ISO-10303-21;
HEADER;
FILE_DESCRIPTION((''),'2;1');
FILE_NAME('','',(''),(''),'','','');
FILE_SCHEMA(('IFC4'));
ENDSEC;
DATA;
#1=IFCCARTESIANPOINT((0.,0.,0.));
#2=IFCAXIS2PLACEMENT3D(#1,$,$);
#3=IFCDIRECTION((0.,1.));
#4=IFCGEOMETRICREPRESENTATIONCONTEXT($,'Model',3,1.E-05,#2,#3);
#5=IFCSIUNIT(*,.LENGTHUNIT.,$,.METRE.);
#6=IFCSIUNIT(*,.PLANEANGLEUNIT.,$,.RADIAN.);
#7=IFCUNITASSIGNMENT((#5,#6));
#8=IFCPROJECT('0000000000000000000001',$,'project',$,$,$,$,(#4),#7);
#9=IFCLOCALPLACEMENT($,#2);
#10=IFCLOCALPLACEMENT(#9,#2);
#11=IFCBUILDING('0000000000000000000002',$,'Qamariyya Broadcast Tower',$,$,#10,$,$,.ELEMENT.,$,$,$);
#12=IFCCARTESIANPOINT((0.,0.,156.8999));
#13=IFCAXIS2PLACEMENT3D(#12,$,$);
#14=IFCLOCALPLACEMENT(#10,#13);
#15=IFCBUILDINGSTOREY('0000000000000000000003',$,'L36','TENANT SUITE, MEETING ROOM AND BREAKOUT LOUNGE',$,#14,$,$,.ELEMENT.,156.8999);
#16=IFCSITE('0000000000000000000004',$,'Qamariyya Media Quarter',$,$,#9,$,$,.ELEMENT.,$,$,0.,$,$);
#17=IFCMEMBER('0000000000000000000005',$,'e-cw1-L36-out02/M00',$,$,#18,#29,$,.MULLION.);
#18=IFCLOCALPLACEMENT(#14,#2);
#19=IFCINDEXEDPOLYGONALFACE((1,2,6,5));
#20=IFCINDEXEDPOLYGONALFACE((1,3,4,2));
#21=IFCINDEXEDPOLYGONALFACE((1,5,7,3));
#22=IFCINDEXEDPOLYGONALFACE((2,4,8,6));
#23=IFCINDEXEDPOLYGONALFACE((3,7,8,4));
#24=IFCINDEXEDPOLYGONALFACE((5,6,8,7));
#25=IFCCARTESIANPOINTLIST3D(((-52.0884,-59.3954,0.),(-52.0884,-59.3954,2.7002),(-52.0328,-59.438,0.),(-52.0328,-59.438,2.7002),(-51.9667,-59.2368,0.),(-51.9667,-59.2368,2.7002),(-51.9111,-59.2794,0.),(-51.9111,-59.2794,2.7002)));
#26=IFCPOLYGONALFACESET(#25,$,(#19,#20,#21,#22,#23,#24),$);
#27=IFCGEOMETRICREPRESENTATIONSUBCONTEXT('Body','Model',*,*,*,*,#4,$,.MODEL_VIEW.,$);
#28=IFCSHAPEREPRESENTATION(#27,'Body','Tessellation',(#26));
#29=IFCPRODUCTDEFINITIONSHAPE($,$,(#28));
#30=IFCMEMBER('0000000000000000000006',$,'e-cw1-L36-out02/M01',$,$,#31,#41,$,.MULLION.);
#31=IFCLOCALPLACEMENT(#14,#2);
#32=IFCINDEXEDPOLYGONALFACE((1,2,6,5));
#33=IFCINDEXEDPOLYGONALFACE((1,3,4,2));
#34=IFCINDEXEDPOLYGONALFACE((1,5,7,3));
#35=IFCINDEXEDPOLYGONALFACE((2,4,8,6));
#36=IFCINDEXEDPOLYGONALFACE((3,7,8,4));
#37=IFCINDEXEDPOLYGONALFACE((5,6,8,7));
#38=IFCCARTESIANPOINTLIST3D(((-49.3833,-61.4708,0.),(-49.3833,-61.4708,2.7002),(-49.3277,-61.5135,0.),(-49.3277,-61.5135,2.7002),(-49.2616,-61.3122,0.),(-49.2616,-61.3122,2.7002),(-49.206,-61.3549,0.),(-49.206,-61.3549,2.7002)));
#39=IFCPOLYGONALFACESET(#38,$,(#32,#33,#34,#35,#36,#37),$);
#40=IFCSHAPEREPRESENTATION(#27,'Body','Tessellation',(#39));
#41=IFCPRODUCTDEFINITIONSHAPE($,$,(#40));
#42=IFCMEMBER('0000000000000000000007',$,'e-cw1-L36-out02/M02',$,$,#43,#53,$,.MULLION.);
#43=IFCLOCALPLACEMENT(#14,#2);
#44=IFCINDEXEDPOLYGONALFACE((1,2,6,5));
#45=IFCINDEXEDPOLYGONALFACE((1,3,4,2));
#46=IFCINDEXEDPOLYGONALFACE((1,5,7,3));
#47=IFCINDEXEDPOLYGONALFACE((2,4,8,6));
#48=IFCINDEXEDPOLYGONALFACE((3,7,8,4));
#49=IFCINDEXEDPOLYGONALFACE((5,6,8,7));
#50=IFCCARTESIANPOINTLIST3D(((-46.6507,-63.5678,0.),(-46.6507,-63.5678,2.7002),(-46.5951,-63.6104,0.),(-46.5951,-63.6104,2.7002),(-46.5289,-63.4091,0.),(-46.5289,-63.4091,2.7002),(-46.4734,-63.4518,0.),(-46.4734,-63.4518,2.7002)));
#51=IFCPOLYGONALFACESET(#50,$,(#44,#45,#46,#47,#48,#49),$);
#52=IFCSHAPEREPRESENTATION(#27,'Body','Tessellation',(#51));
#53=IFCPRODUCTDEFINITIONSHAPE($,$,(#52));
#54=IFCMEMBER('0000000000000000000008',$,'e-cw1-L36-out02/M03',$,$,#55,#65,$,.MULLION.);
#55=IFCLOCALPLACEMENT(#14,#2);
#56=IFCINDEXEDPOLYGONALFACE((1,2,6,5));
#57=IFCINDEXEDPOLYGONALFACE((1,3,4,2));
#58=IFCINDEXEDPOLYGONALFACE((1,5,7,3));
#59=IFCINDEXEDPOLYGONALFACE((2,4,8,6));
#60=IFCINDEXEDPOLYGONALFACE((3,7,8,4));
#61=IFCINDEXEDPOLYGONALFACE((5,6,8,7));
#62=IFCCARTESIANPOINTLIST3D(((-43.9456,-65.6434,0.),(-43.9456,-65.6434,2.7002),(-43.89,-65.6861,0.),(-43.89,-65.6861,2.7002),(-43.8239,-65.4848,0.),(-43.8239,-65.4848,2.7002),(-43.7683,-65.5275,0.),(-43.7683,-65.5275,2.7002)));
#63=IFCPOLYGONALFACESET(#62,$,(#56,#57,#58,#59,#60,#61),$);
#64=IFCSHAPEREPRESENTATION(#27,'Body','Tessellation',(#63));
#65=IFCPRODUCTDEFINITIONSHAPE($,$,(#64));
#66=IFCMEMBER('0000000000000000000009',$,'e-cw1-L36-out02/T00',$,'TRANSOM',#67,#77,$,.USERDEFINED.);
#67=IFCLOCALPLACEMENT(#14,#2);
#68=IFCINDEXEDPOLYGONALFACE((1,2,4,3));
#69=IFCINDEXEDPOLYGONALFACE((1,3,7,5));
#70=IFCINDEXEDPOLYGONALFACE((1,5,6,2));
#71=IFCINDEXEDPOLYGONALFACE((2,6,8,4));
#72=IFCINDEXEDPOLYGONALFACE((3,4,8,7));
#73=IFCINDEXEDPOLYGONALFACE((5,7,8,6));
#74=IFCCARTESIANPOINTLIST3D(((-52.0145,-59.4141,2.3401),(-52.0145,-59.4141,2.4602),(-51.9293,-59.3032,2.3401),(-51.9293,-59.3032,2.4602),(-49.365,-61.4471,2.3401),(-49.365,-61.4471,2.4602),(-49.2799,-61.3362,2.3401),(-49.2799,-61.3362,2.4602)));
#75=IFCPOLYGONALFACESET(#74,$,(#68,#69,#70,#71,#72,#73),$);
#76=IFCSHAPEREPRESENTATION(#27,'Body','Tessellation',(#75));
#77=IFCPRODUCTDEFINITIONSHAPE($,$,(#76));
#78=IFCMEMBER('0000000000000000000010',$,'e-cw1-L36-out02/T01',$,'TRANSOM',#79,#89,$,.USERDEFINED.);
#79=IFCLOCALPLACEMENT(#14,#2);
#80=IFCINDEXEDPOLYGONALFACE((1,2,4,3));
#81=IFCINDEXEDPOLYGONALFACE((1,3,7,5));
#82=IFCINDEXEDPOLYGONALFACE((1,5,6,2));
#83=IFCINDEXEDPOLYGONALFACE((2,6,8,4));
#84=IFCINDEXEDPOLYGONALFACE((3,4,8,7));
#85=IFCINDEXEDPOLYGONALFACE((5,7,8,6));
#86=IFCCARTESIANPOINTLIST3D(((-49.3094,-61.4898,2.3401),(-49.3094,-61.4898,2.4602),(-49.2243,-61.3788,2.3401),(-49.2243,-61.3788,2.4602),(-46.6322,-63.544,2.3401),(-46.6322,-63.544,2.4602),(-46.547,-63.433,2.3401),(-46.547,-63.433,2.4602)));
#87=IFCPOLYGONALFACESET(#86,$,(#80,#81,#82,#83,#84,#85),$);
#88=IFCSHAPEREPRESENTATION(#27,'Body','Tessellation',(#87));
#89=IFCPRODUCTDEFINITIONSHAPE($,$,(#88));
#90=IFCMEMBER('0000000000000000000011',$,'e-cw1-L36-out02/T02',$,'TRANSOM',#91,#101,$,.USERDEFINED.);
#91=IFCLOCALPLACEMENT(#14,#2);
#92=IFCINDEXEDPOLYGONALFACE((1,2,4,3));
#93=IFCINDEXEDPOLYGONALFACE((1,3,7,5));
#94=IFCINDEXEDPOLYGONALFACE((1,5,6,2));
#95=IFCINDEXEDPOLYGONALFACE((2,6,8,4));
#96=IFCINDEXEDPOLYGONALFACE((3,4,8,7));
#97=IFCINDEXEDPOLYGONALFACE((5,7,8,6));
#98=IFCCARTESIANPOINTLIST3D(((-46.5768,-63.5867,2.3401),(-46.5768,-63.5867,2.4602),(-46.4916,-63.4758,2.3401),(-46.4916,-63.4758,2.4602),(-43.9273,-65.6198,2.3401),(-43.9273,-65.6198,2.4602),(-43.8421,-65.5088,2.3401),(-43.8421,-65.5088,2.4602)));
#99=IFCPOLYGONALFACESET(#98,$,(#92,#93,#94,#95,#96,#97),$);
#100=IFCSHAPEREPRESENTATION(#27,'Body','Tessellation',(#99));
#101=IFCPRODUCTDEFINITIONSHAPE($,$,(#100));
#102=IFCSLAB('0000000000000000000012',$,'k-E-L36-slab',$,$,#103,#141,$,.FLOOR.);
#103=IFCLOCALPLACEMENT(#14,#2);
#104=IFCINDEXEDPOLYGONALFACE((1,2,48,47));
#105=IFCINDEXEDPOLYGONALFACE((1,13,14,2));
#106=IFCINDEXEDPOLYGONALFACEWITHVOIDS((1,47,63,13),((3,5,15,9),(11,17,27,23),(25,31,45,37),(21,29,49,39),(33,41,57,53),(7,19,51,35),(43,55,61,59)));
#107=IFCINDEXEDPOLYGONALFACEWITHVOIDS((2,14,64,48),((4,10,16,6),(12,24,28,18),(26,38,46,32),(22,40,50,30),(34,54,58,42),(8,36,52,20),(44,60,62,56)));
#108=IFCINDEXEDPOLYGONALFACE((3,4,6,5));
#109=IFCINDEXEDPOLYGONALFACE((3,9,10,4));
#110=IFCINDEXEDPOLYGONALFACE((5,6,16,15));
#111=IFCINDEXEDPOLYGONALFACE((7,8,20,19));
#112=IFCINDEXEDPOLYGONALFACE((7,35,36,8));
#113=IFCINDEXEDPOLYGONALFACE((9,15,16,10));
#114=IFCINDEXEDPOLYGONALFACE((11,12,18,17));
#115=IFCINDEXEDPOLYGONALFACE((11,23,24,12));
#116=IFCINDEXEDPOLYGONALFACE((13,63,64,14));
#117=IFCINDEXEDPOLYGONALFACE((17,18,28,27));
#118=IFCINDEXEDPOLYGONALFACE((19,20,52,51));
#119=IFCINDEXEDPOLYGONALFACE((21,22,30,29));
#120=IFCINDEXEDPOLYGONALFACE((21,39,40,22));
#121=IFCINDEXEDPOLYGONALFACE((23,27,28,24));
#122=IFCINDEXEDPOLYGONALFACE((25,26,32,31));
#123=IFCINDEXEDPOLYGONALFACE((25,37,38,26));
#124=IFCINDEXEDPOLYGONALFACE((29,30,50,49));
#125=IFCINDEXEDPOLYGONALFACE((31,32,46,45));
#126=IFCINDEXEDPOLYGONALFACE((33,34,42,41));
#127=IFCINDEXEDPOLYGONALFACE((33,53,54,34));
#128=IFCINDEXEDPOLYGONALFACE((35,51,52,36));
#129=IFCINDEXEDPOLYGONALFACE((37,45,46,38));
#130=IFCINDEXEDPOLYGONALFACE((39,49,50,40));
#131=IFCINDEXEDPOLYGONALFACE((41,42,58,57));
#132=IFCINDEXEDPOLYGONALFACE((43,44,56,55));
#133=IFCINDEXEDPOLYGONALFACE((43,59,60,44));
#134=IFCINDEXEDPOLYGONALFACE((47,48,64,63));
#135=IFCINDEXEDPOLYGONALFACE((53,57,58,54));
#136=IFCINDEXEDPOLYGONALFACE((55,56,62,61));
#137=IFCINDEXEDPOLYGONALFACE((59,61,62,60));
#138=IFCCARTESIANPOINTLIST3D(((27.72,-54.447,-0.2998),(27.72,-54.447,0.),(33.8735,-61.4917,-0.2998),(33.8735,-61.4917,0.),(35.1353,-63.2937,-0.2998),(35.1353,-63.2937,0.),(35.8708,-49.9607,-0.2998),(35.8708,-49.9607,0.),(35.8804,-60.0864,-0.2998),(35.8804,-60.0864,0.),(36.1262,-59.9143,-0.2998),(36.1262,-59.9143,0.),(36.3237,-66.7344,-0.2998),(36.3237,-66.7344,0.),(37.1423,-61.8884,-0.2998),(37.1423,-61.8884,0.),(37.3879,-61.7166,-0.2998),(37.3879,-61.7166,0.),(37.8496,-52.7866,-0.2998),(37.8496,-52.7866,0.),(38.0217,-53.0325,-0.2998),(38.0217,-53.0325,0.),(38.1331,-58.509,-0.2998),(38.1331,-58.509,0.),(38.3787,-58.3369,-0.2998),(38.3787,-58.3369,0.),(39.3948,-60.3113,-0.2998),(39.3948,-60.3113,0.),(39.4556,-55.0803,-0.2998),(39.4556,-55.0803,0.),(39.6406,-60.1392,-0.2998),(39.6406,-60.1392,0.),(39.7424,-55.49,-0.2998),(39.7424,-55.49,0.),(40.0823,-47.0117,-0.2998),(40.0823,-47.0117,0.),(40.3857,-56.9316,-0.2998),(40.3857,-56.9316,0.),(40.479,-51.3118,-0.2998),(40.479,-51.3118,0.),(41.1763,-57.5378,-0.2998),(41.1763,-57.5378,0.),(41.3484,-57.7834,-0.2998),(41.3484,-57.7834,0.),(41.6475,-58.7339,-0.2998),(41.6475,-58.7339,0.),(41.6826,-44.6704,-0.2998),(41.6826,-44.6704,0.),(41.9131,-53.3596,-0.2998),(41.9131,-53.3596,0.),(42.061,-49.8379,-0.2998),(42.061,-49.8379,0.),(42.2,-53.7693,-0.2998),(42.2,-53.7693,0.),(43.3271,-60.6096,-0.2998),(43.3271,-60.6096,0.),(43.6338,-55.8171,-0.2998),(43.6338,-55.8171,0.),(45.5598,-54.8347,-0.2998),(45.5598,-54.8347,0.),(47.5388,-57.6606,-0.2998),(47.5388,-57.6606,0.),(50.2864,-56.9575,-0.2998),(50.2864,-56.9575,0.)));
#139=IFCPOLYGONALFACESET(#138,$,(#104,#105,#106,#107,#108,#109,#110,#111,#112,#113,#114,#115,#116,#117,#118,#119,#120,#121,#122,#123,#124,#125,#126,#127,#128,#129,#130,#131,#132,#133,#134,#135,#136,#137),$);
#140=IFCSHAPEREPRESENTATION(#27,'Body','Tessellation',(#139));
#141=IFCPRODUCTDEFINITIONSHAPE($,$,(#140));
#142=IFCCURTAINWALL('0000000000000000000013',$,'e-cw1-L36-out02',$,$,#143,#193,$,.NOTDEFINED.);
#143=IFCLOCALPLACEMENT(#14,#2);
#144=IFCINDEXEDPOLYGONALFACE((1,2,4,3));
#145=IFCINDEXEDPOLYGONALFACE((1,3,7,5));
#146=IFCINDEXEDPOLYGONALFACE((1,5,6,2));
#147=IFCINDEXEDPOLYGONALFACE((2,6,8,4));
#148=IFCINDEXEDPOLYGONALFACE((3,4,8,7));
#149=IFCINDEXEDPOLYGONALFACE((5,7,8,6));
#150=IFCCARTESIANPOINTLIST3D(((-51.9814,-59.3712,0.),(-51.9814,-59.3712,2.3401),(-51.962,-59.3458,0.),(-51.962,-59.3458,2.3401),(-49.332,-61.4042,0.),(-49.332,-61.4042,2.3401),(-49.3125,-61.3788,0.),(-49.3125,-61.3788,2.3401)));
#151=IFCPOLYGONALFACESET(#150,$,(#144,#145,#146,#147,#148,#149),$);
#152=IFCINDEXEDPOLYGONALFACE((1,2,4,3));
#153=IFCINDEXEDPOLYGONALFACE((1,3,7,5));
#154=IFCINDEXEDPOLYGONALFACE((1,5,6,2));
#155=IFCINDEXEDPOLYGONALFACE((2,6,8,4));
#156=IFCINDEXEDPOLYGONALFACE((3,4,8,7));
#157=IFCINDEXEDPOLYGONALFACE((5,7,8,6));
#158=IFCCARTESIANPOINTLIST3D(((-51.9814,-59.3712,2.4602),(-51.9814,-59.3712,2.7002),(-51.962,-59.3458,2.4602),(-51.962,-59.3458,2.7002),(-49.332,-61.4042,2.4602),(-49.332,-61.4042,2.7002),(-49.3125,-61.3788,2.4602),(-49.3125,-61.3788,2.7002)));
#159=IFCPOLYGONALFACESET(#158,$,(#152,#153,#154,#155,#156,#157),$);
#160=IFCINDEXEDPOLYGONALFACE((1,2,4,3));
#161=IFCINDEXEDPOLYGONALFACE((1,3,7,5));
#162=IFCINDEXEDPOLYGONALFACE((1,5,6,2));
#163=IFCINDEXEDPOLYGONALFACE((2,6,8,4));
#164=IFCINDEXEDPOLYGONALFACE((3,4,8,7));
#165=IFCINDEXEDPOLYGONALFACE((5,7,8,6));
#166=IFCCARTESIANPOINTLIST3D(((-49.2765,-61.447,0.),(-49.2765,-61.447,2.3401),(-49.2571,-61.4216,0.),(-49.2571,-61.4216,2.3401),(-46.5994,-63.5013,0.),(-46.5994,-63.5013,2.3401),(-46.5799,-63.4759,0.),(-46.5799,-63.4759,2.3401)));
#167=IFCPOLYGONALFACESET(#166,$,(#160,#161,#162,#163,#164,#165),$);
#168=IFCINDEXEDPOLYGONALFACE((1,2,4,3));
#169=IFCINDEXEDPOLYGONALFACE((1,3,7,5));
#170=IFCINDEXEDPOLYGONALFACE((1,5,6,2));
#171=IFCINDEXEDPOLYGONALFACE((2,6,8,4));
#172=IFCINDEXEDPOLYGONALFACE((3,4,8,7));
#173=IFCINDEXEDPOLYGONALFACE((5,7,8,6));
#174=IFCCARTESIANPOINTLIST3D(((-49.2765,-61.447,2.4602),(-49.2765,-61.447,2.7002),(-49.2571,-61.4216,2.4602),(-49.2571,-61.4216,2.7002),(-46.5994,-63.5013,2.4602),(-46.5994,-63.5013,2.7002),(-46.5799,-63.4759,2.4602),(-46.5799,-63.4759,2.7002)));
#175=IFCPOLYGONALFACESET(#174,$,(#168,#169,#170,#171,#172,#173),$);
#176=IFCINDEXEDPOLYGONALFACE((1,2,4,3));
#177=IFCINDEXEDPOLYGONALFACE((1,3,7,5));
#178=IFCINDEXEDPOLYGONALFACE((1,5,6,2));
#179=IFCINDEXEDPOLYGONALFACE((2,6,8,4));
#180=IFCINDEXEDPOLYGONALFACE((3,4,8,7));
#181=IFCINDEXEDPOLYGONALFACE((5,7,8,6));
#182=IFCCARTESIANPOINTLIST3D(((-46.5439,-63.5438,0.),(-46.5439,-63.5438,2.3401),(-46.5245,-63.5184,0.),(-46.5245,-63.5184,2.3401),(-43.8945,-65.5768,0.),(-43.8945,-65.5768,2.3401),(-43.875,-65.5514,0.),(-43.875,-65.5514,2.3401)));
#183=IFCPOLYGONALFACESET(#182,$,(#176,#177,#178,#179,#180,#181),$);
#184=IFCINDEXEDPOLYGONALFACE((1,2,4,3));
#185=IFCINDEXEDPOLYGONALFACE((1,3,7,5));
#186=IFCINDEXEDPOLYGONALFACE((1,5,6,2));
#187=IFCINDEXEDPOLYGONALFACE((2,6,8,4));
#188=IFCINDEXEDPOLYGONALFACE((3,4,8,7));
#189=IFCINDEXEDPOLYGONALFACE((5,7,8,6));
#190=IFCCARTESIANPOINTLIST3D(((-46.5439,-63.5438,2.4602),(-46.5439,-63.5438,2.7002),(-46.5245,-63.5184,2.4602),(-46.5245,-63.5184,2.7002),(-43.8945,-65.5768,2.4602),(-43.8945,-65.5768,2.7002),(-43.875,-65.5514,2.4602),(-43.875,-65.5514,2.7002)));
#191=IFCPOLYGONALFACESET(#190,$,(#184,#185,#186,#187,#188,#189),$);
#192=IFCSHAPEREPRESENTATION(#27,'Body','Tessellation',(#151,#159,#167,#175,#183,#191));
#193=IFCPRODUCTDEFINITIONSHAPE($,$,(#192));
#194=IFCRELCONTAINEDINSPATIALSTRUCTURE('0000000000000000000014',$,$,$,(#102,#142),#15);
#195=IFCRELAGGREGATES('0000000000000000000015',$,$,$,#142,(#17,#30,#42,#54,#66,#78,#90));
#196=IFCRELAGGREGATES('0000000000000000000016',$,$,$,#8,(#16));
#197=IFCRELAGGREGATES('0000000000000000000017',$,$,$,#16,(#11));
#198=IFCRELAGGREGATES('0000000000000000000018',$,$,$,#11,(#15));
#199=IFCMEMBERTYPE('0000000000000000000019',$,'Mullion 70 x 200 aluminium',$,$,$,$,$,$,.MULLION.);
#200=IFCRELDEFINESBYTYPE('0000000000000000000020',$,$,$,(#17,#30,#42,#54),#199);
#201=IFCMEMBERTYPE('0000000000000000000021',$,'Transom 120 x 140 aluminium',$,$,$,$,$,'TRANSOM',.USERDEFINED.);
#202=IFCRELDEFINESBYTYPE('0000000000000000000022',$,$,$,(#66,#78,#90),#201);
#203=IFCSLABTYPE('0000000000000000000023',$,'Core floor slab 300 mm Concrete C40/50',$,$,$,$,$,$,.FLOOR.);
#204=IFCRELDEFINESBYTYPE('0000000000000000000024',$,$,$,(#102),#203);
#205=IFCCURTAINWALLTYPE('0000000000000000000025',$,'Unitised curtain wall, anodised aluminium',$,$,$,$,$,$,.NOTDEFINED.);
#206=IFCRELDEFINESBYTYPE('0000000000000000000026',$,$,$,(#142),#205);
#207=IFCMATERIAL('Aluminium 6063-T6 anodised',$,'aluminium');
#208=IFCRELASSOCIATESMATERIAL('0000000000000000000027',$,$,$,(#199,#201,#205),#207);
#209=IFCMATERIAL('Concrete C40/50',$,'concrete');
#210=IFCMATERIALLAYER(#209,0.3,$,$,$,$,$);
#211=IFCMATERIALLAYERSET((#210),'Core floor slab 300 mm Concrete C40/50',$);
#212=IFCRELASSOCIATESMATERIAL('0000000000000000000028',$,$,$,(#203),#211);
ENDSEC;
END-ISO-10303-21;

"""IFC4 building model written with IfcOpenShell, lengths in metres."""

from ifc_helpers import new_model, si_unit, direction, frame, origin, origin_2d, place, context, subcontext, project, spatial, polyline, rectangle, outline, extrude, material, layer, layer_set, material_profile, profile_set, type_object, element, aggregate, save


model = new_model("IFC4")

# Units and contexts
model_context = context("Model", 3, precision=1e-05, world=origin(), true_north=direction((0.0, 1.0)))
body_context = subcontext(model_context, "Body", "Model", "MODEL_VIEW")
ifc_project = project(units=[si_unit("LENGTHUNIT", "METRE"), si_unit("PLANEANGLEUNIT", "RADIAN")], contexts=[model_context])

# Members
ifc_material_1 = material(Name="Aluminium 6063-T6 anodised", Category="aluminium")
ifc_material_profile_1 = material_profile(ifc_material_1, rectangle(XDim=0.2, YDim=0.0701, at=origin_2d()))
ifc_profile_set_1 = profile_set([ifc_material_profile_1], Name="Aluminium 6063-T6 anodised")
member_type_1 = type_object("IfcMemberType", Name="Mullion 70 x 200 aluminium", PredefinedType="MULLION", material=ifc_profile_set_1)
site_placement = place(None, origin())
building_placement = place(site_placement, origin())
storey_placement = place(building_placement, frame((0.0, 0.0, 156.8999)))
member_1_placement = place(storey_placement, frame((-51.9998, -59.3374, 0.0), z_axis=(0.0, 0.0, 1.0), x_axis=(0.608761, 0.793353, 0.0)))
member_1 = element("IfcMember", 1, at=member_1_placement, type_object=member_type_1, Name="e-cw1-L36-out02/M00", PredefinedType="MULLION", context=body_context, shape_type="SweptSolid", body=[
    extrude(rectangle(XDim=0.2, YDim=0.0701, at=origin_2d()), origin(), (0.0, 0.0, 1.0), 2.7002),
])
member_2_placement = place(storey_placement, frame((-49.2947, -61.4128, 0.0), z_axis=(0.0, 0.0, 1.0), x_axis=(0.608761, 0.793353, 0.0)))
member_2 = element("IfcMember", 2, at=member_2_placement, type_object=member_type_1, Name="e-cw1-L36-out02/M01", PredefinedType="MULLION", context=body_context, shape_type="SweptSolid", body=[
    extrude(rectangle(XDim=0.2, YDim=0.0701, at=origin_2d()), origin(), (0.0, 0.0, 1.0), 2.7002),
])
member_3_placement = place(storey_placement, frame((-46.562, -63.5098, 0.0), z_axis=(0.0, 0.0, 1.0), x_axis=(0.608761, 0.793353, 0.0)))
member_3 = element("IfcMember", 3, at=member_3_placement, type_object=member_type_1, Name="e-cw1-L36-out02/M02", PredefinedType="MULLION", context=body_context, shape_type="SweptSolid", body=[
    extrude(rectangle(XDim=0.2, YDim=0.0701, at=origin_2d()), origin(), (0.0, 0.0, 1.0), 2.7002),
])
member_4_placement = place(storey_placement, frame((-43.8569, -65.5854, 0.0), z_axis=(0.0, 0.0, 1.0), x_axis=(0.608761, 0.793353, 0.0)))
member_4 = element("IfcMember", 4, at=member_4_placement, type_object=member_type_1, Name="e-cw1-L36-out02/M03", PredefinedType="MULLION", context=body_context, shape_type="SweptSolid", body=[
    extrude(rectangle(XDim=0.2, YDim=0.0701, at=origin_2d()), origin(), (0.0, 0.0, 1.0), 2.7002),
])
ifc_material_profile_2 = material_profile(ifc_material_1, rectangle(XDim=0.1399, YDim=0.1201, at=origin_2d()))
ifc_profile_set_2 = profile_set([ifc_material_profile_2], Name="Aluminium 6063-T6 anodised")
member_type_2 = type_object("IfcMemberType", Name="Transom 120 x 140 aluminium", ElementType="TRANSOM", PredefinedType="USERDEFINED", material=ifc_profile_set_2)
member_5_placement = place(storey_placement, frame((-51.9719, -59.3586, 2.4001), z_axis=(0.793354, -0.60876, 0.0), x_axis=(0.60876, 0.793354, 0.0)))
member_5 = element("IfcMember", 5, at=member_5_placement, type_object=member_type_2, Name="e-cw1-L36-out02/T00", ObjectType="TRANSOM", PredefinedType="USERDEFINED", context=body_context, shape_type="SweptSolid", body=[
    extrude(rectangle(XDim=0.1399, YDim=0.1201, at=origin_2d()), origin(), (0.0, 0.0, 1.0), 3.3396),
])
member_6_placement = place(storey_placement, frame((-49.2668, -61.4343, 2.4001), z_axis=(0.793371, -0.608738, 0.0), x_axis=(0.608738, 0.793371, 0.0)))
member_6 = element("IfcMember", 6, at=member_6_placement, type_object=member_type_2, Name="e-cw1-L36-out02/T01", ObjectType="TRANSOM", PredefinedType="USERDEFINED", context=body_context, shape_type="SweptSolid", body=[
    extrude(rectangle(XDim=0.1399, YDim=0.1201, at=origin_2d()), origin(), (0.0, 0.0, 1.0), 3.3745),
])
member_7_placement = place(storey_placement, frame((-46.5342, -63.5312, 2.4001), z_axis=(0.793354, -0.60876, 0.0), x_axis=(0.60876, 0.793354, 0.0)))
member_7 = element("IfcMember", 7, at=member_7_placement, type_object=member_type_2, Name="e-cw1-L36-out02/T02", ObjectType="TRANSOM", PredefinedType="USERDEFINED", context=body_context, shape_type="SweptSolid", body=[
    extrude(rectangle(XDim=0.1399, YDim=0.1201, at=origin_2d()), origin(), (0.0, 0.0, 1.0), 3.3396),
])

# Site, building, storey
site = spatial("IfcSite", under=ifc_project, at=site_placement, Name="Qamariyya Media Quarter", CompositionType="ELEMENT", RefElevation=0.0)
building = spatial("IfcBuilding", under=site, at=building_placement, Name="Qamariyya Broadcast Tower", CompositionType="ELEMENT")
storey = spatial("IfcBuildingStorey", under=building, at=storey_placement, Name="L36", Description="TENANT SUITE, MEETING ROOM AND BREAKOUT LOUNGE", CompositionType="ELEMENT", Elevation=156.8999)

# Slab
ifc_material_2 = material(Name="Concrete C40/50", Category="concrete")
ifc_layer_1 = layer(ifc_material_2, 0.3)
ifc_layer_set_1 = layer_set([ifc_layer_1], Name="Core floor slab 300 mm Concrete C40/50")
slab_type_1 = type_object("IfcSlabType", Name="Core floor slab 300 mm Concrete C40/50", PredefinedType="FLOOR", material=ifc_layer_set_1)
slab_1_placement = place(storey_placement, frame((0.0, 0.0, -0.2998)))
element("IfcSlab", 8, at=slab_1_placement, inside=storey, type_object=slab_type_1, Name="k-E-L36-slab", PredefinedType="FLOOR", context=body_context, shape_type="SweptSolid", body=[
    extrude(outline(polyline([(36.3237, -66.7344), (50.2864, -56.9575), (41.6826, -44.6704), (27.72, -54.447), (36.3237, -66.7344)]), holes=[polyline([(33.8735, -61.4917), (35.8804, -60.0864), (37.1423, -61.8884), (35.1353, -63.2937), (33.8735, -61.4917)]), polyline([(36.1262, -59.9143), (38.1331, -58.509), (39.3948, -60.3113), (37.3879, -61.7166), (36.1262, -59.9143)]), polyline([(38.3787, -58.3369), (40.3857, -56.9316), (41.6475, -58.7339), (39.6406, -60.1392), (38.3787, -58.3369)]), polyline([(39.7424, -55.49), (42.2, -53.7693), (43.6338, -55.8171), (41.1763, -57.5378), (39.7424, -55.49)]), polyline([(39.4556, -55.0803), (41.9131, -53.3596), (40.479, -51.3118), (38.0217, -53.0325), (39.4556, -55.0803)]), polyline([(40.0823, -47.0117), (35.8708, -49.9607), (37.8496, -52.7866), (42.061, -49.8379), (40.0823, -47.0117)]), polyline([(45.5598, -54.8347), (41.3484, -57.7834), (43.3271, -60.6096), (47.5388, -57.6606), (45.5598, -54.8347)])]), origin(), (0.0, 0.0, 1.0), 0.2998),
])

# Curtain wall
curtain_wall_type = type_object("IfcCurtainWallType", Name="Unitised curtain wall, anodised aluminium", PredefinedType="NOTDEFINED", material=ifc_material_1)
curtain_wall_1_placement = place(storey_placement, origin())
curtain_wall_1 = element("IfcCurtainWall", 9, at=curtain_wall_1_placement, inside=storey, type_object=curtain_wall_type, Name="e-cw1-L36-out02", PredefinedType="NOTDEFINED", context=body_context, shape_type="SweptSolid", body=[
    extrude(rectangle(XDim=3.3396, YDim=0.032, at=origin_2d()), frame((-50.647, -60.375, 0.0), x_axis=(0.793352, -0.608764, 0.0)), (0.0, 0.0, 1.0), 2.3401),
    extrude(rectangle(XDim=3.3396, YDim=0.032, at=origin_2d()), frame((-50.647, -60.375, 2.4602), x_axis=(0.793352, -0.608764, 0.0)), (0.0, 0.0, 1.0), 0.24),
    extrude(rectangle(XDim=3.3745, YDim=0.032, at=origin_2d()), frame((-47.9282, -62.4614, 0.0), x_axis=(0.793352, -0.608764, 0.0)), (0.0, 0.0, 1.0), 2.3401),
    extrude(rectangle(XDim=3.3745, YDim=0.032, at=origin_2d()), frame((-47.9282, -62.4614, 2.4602), x_axis=(0.793352, -0.608764, 0.0)), (0.0, 0.0, 1.0), 0.24),
    extrude(rectangle(XDim=3.3396, YDim=0.032, at=origin_2d()), frame((-45.2095, -64.5476, 0.0), x_axis=(0.793352, -0.608764, 0.0)), (0.0, 0.0, 1.0), 2.3401),
    extrude(rectangle(XDim=3.3396, YDim=0.032, at=origin_2d()), frame((-45.2095, -64.5476, 2.4602), x_axis=(0.793352, -0.608764, 0.0)), (0.0, 0.0, 1.0), 0.24),
])
aggregate(curtain_wall_1, [member_1, member_2, member_3, member_4, member_5, member_6, member_7])

save(model, "model.ifc")
